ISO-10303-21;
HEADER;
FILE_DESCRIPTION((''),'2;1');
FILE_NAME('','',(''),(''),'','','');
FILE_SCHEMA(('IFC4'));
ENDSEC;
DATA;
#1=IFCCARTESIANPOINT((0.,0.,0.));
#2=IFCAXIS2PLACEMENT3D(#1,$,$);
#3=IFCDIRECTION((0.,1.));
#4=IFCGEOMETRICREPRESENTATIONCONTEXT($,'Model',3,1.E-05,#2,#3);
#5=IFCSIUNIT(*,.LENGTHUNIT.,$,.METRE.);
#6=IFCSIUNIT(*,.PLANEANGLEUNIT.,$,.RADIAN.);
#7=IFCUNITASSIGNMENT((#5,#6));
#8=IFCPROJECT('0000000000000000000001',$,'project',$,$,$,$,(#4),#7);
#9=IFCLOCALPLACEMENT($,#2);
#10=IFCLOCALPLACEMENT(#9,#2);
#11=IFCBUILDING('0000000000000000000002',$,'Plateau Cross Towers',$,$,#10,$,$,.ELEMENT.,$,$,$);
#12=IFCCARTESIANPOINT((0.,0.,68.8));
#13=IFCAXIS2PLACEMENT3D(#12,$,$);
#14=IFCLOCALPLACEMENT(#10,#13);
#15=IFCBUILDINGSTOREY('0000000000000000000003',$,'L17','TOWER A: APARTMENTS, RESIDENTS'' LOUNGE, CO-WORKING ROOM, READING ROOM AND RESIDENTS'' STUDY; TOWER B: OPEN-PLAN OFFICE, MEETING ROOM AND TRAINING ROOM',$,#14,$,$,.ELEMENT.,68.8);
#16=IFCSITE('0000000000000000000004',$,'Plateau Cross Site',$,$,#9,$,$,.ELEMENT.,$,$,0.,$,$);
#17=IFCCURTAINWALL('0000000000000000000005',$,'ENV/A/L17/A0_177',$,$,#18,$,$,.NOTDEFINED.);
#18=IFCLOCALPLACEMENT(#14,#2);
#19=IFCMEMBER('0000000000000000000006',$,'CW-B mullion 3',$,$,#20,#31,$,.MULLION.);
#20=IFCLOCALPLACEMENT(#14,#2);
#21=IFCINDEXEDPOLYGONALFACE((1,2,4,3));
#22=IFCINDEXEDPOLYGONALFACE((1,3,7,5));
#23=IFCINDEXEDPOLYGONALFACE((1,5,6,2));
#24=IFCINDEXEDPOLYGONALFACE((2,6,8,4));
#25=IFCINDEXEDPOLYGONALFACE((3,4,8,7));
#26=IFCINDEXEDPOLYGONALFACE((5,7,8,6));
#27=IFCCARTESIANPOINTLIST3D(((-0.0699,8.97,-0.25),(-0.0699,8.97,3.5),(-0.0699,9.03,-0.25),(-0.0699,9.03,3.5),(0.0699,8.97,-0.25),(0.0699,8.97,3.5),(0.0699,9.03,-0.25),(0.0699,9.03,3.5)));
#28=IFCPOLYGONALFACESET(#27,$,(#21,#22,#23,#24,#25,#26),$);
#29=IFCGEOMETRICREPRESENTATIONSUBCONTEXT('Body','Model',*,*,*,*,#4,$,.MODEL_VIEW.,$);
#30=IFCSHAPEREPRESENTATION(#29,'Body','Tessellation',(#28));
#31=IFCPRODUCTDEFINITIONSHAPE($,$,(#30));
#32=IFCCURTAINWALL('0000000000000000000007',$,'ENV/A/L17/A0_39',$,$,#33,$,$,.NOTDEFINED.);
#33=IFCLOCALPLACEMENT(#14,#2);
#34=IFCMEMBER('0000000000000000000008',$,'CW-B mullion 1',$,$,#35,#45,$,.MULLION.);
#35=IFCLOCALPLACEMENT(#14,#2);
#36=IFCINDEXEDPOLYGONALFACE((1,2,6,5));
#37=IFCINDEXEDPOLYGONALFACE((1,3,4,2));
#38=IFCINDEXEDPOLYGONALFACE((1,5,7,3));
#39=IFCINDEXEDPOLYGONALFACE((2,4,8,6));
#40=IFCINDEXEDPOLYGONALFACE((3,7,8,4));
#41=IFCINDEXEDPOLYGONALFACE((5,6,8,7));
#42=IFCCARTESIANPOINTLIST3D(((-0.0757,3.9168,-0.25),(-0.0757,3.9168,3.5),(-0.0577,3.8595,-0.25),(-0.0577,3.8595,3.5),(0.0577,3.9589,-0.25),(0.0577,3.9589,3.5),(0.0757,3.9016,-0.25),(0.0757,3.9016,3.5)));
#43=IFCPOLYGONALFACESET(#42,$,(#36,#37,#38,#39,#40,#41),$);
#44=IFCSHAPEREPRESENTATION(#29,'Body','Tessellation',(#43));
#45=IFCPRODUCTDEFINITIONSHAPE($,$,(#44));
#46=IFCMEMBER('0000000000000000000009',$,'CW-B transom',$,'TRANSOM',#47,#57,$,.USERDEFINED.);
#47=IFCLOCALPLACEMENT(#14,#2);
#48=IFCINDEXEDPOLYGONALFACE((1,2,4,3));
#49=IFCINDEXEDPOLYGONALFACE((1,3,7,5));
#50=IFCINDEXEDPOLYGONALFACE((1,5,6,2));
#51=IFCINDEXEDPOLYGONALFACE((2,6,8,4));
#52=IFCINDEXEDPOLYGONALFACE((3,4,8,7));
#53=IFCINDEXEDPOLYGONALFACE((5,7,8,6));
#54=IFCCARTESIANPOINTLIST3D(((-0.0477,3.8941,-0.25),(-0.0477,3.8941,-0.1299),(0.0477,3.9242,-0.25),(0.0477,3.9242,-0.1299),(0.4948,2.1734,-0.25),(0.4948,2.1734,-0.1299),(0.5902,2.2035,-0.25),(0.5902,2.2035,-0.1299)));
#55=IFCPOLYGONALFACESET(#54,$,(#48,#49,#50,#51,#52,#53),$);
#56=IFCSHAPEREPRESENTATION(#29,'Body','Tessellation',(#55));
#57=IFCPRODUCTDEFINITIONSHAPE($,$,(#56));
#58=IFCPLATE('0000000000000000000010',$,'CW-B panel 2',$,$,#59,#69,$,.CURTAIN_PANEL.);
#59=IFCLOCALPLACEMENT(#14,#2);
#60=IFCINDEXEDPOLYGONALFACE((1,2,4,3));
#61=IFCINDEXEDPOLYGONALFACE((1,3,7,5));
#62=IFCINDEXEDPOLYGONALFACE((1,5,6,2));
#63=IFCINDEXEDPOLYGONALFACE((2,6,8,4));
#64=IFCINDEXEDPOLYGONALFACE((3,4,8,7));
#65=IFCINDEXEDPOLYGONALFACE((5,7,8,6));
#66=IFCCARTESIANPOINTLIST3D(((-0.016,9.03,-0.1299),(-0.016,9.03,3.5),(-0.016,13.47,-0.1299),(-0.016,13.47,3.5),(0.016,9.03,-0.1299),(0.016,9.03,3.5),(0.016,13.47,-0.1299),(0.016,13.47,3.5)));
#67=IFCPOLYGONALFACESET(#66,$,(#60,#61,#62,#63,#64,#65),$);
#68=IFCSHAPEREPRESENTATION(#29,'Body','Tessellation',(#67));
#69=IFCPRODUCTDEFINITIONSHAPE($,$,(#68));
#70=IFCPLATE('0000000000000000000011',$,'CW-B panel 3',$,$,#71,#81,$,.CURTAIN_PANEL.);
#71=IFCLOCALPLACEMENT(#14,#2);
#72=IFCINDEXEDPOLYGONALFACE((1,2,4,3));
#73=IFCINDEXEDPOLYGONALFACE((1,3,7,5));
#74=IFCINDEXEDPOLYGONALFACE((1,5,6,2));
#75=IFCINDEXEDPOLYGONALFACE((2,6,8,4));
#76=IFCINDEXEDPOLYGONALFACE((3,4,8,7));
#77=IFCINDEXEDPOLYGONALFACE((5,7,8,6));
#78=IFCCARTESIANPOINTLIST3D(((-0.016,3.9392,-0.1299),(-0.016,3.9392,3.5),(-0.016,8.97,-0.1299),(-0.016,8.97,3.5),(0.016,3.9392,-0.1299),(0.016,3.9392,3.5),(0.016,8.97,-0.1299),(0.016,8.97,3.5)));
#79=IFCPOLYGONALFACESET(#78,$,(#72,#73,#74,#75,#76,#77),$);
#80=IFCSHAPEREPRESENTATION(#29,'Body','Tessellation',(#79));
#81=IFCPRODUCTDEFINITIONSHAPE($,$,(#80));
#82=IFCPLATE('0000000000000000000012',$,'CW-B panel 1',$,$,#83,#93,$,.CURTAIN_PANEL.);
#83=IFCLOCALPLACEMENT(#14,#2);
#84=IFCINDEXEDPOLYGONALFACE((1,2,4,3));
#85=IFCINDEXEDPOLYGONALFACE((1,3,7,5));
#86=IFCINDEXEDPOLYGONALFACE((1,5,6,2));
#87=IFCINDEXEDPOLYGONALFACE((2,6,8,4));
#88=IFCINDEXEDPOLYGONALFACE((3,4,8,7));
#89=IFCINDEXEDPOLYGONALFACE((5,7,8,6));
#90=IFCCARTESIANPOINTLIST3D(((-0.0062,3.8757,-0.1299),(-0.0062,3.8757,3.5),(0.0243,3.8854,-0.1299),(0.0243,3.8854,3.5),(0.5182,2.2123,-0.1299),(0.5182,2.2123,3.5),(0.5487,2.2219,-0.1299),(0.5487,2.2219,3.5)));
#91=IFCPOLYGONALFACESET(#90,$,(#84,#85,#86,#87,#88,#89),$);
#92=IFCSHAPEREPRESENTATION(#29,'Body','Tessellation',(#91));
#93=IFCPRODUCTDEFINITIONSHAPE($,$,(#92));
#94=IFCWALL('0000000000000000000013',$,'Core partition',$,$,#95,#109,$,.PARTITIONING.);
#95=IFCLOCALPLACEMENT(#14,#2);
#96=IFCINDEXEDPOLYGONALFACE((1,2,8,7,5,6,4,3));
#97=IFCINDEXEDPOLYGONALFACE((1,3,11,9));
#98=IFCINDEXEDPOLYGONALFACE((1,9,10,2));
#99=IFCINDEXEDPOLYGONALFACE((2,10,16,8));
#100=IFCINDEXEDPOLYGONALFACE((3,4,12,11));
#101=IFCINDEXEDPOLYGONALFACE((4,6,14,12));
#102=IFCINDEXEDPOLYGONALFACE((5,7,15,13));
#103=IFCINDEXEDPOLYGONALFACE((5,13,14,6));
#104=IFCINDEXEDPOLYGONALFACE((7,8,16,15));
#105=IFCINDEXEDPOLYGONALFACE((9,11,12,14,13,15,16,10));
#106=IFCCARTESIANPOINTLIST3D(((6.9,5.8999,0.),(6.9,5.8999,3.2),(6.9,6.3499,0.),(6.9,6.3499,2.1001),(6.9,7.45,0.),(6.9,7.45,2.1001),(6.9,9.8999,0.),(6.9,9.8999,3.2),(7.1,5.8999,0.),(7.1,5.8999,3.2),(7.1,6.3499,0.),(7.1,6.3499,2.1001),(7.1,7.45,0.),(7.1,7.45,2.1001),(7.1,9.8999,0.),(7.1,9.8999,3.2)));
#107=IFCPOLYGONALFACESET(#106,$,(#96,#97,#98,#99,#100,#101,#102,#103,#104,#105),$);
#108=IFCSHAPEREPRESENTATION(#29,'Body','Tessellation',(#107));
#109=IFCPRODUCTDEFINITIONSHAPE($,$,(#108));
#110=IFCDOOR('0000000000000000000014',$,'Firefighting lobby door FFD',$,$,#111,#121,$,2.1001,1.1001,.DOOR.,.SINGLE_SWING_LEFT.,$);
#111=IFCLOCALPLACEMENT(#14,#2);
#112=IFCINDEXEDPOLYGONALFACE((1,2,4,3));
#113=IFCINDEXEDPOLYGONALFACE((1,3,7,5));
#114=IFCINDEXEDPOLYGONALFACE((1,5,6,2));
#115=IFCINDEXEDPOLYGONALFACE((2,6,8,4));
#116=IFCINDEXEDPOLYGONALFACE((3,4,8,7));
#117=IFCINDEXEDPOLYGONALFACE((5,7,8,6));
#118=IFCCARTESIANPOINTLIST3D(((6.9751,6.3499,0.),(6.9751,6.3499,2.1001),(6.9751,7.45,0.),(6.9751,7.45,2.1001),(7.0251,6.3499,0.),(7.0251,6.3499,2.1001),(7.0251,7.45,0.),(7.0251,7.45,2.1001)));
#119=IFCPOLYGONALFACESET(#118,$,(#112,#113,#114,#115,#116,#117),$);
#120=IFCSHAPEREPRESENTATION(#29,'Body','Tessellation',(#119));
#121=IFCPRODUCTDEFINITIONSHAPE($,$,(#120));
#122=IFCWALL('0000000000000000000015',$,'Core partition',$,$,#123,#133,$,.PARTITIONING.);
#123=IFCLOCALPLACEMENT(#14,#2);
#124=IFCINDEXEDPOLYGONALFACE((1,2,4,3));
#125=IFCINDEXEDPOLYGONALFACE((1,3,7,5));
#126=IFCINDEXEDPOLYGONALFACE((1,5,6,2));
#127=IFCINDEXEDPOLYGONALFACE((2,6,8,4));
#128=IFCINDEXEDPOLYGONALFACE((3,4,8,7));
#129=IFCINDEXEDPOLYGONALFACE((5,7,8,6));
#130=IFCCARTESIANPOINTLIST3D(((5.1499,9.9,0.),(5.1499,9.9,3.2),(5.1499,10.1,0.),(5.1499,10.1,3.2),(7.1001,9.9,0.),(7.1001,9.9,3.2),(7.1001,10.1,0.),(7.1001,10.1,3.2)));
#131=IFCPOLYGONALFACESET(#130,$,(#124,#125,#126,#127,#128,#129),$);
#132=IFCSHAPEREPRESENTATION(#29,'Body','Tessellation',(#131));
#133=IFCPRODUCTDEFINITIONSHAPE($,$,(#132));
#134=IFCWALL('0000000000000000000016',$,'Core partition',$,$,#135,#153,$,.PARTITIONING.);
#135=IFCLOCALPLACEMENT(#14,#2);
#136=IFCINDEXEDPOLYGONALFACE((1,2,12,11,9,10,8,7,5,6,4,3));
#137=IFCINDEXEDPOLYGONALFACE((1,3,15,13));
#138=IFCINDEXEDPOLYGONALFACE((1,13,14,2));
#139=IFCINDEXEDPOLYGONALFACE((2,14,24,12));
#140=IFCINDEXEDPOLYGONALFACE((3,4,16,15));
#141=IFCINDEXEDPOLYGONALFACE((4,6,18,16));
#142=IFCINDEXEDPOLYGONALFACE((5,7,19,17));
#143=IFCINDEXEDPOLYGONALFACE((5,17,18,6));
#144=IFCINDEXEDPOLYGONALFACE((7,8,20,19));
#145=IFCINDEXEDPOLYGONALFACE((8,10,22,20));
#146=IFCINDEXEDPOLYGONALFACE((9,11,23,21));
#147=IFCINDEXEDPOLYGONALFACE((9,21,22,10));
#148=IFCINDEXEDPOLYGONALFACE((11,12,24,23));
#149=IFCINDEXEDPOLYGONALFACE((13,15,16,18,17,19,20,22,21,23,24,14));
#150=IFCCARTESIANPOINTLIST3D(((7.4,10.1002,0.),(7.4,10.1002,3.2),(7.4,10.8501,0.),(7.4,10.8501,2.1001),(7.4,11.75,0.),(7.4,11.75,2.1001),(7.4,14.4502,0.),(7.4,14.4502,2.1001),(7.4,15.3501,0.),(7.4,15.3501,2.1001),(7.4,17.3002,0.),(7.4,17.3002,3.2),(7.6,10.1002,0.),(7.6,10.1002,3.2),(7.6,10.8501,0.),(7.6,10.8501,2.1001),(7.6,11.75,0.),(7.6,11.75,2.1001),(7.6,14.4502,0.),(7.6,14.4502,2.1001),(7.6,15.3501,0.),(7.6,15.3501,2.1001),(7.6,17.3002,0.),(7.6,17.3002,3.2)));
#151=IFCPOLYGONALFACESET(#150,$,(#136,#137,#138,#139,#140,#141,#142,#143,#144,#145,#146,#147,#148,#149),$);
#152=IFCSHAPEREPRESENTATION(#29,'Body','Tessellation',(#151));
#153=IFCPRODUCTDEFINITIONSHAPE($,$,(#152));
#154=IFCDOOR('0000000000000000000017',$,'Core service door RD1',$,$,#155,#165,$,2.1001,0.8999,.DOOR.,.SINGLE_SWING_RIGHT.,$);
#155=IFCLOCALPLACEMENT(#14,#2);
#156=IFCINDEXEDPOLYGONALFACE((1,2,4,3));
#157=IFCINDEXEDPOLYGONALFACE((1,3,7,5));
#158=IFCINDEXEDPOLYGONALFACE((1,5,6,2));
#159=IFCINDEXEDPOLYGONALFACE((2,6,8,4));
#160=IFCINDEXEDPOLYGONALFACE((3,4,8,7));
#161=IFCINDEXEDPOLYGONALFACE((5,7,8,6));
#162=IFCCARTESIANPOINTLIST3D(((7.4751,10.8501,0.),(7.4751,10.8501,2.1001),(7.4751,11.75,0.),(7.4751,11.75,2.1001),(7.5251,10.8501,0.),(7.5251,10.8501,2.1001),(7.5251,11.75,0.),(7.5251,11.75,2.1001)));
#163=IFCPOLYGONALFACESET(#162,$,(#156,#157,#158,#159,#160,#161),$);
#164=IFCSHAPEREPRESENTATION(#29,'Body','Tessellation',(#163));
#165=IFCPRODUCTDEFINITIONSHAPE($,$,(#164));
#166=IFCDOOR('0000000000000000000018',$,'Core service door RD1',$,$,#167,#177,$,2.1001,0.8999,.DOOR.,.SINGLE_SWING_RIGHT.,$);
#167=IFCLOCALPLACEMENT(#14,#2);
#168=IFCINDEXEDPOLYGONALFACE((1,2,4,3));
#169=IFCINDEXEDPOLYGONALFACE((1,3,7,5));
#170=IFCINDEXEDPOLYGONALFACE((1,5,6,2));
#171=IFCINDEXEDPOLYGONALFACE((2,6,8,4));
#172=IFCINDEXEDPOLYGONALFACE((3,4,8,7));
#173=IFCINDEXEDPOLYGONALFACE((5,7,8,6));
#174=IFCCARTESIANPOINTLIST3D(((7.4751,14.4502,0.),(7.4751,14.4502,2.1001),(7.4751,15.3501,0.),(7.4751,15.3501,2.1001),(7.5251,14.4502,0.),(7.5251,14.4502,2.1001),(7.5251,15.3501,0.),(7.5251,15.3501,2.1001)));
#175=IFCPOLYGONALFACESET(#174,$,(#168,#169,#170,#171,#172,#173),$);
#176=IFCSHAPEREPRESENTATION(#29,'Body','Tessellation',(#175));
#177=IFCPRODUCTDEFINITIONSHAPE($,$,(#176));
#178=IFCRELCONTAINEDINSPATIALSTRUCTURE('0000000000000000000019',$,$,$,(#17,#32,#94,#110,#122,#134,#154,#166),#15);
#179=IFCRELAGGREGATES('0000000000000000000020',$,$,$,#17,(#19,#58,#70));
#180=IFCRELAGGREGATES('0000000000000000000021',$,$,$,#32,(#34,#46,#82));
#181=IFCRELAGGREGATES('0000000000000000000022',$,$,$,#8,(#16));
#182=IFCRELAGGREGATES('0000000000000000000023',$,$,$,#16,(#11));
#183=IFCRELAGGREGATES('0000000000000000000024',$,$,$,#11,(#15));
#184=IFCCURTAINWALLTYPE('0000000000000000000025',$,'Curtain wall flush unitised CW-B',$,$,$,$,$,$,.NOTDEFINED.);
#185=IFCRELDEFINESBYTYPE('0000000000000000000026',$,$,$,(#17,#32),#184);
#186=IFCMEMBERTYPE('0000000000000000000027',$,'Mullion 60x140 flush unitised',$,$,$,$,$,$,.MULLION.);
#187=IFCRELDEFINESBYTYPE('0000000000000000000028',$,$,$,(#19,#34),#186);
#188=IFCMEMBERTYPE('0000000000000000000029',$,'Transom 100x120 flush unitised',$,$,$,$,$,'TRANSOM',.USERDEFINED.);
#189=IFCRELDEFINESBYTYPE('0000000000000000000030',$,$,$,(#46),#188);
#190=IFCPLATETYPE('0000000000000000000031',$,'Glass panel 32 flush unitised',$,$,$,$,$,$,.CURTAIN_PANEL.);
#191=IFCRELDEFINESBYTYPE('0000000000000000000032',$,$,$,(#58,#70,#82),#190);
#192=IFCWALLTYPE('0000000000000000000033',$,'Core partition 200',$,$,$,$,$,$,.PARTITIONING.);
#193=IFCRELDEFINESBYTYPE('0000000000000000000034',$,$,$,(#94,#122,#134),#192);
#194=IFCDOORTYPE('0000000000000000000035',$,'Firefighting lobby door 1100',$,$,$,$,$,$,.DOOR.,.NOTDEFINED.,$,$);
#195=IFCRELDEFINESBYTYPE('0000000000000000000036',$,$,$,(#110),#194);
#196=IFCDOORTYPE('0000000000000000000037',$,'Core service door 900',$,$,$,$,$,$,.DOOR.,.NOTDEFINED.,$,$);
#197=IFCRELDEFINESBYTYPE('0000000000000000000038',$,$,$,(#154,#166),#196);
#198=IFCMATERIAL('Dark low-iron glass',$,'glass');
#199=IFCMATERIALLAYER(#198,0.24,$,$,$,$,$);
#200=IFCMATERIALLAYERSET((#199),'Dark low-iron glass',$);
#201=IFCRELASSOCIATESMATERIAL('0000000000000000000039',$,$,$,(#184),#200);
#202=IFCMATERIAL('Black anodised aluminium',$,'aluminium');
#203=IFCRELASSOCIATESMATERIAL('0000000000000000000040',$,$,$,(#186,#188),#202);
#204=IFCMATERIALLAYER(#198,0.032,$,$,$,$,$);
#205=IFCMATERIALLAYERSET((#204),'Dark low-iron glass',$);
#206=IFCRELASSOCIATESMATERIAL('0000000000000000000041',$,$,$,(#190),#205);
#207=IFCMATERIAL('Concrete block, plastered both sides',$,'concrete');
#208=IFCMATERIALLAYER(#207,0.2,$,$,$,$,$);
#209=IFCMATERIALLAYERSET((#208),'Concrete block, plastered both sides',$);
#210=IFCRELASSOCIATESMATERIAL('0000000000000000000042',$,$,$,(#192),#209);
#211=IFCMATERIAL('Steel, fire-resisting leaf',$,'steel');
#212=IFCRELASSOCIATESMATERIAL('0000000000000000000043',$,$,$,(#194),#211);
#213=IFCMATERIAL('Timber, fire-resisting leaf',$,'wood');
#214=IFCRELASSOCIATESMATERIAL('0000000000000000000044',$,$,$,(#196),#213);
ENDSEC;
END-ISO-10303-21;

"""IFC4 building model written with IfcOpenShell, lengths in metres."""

from ifc_helpers import new_model, si_unit, direction, frame, frame_2d, origin, origin_2d, place, context, subcontext, project, spatial, rectangle, extrude, material, layer, layer_set, material_profile, profile_set, type_object, element, fill, aggregate, save


model = new_model("IFC4")

# Units and contexts
model_context = context("Model", 3, precision=1e-05, world=origin(), true_north=direction((0.0, 1.0)))
body_context = subcontext(model_context, "Body", "Model", "MODEL_VIEW")
ifc_project = project(units=[si_unit("LENGTHUNIT", "METRE"), si_unit("PLANEANGLEUNIT", "RADIAN")], contexts=[model_context])

# Site, building, storey
site_placement = place(None, origin())
site = spatial("IfcSite", under=ifc_project, at=site_placement, Name="Plateau Cross Site", CompositionType="ELEMENT", RefElevation=0.0)
building_placement = place(site_placement, origin())
building = spatial("IfcBuilding", under=site, at=building_placement, Name="Plateau Cross Towers", CompositionType="ELEMENT")
storey_placement = place(building_placement, frame((0.0, 0.0, 68.8)))
storey = spatial("IfcBuildingStorey", under=building, at=storey_placement, Name="L17", Description="TOWER A: APARTMENTS, RESIDENTS' LOUNGE, CO-WORKING ROOM, READING ROOM AND RESIDENTS' STUDY; TOWER B: OPEN-PLAN OFFICE, MEETING ROOM AND TRAINING ROOM", CompositionType="ELEMENT", Elevation=68.8)

# Curtain wall, member
ifc_material_1 = material(Name="Dark low-iron glass", Category="glass")
ifc_layer_1 = layer(ifc_material_1, 0.24)
ifc_layer_set_1 = layer_set([ifc_layer_1], Name="Dark low-iron glass")
curtain_wall_type = type_object("IfcCurtainWallType", Name="Curtain wall flush unitised CW-B", PredefinedType="NOTDEFINED", material=ifc_layer_set_1)
curtain_wall_1_placement = place(storey_placement, origin())
curtain_wall_1 = element("IfcCurtainWall", 1, at=curtain_wall_1_placement, inside=storey, type_object=curtain_wall_type, Name="ENV/A/L17/A0_177", PredefinedType="NOTDEFINED")
ifc_material_2 = material(Name="Black anodised aluminium", Category="aluminium")
ifc_material_profile_1 = material_profile(ifc_material_2, rectangle(XDim=0.0601, YDim=0.1399, at=origin_2d()), Name="MULLION 60x140")
ifc_profile_set_1 = profile_set([ifc_material_profile_1], Name="Black anodised aluminium")
member_type_1 = type_object("IfcMemberType", Name="Mullion 60x140 flush unitised", PredefinedType="MULLION", material=ifc_profile_set_1)
member_1_placement = place(storey_placement, frame((0.0, 9.0, -0.25), z_axis=(0.0, 0.0, 1.0), x_axis=(0.0, -1.0, 0.0)))
member_1 = element("IfcMember", 2, at=member_1_placement, type_object=member_type_1, Name="CW-B mullion 3", PredefinedType="MULLION", context=body_context, shape_type="SweptSolid", body=[
    extrude(rectangle(XDim=0.0601, YDim=0.1399, at=origin_2d()), origin(), (0.0, 0.0, 1.0), 3.75),
])

# Curtain wall, members
curtain_wall_2_placement = place(storey_placement, origin())
curtain_wall_2 = element("IfcCurtainWall", 3, at=curtain_wall_2_placement, inside=storey, type_object=curtain_wall_type, Name="ENV/A/L17/A0_39", PredefinedType="NOTDEFINED")
member_2_placement = place(storey_placement, frame((0.0, 3.9092, -0.25), z_axis=(0.0, 0.0, 1.0), x_axis=(0.300686, -0.953723, 0.0)))
member_2 = element("IfcMember", 4, at=member_2_placement, type_object=member_type_1, Name="CW-B mullion 1", PredefinedType="MULLION", context=body_context, shape_type="SweptSolid", body=[
    extrude(rectangle(XDim=0.0601, YDim=0.1399, at=origin_2d()), origin(), (0.0, 0.0, 1.0), 3.75),
])
ifc_material_profile_2 = material_profile(ifc_material_2, rectangle(XDim=0.1001, YDim=0.1201, at=origin_2d()), Name="TRANSOM 100x120")
ifc_profile_set_2 = profile_set([ifc_material_profile_2], Name="Black anodised aluminium")
member_type_2 = type_object("IfcMemberType", Name="Transom 100x120 flush unitised", ElementType="TRANSOM", PredefinedType="USERDEFINED", material=ifc_profile_set_2)
member_3_placement = place(storey_placement, frame((0.0, 3.9092, -0.1899), z_axis=(0.300678, -0.953726, 0.0), x_axis=(0.953726, 0.300678, 0.0)))
member_3 = element("IfcMember", 5, at=member_3_placement, type_object=member_type_2, Name="CW-B transom", ObjectType="TRANSOM", PredefinedType="USERDEFINED", context=body_context, shape_type="SweptSolid", body=[
    extrude(rectangle(XDim=0.1001, YDim=0.1201, at=origin_2d()), origin(), (0.0, 0.0, 1.0), 1.8042),
])

# Plates
ifc_layer_2 = layer(ifc_material_1, 0.032)
ifc_layer_set_2 = layer_set([ifc_layer_2], Name="Dark low-iron glass")
plate_type = type_object("IfcPlateType", Name="Glass panel 32 flush unitised", PredefinedType="CURTAIN_PANEL", material=ifc_layer_set_2)
plate_1_placement = place(storey_placement, frame((0.0, 11.25, -0.1299), z_axis=(0.0, 0.0, 1.0), x_axis=(0.0, -1.0, 0.0)))
plate_1 = element("IfcPlate", 6, at=plate_1_placement, type_object=plate_type, Name="CW-B panel 2", PredefinedType="CURTAIN_PANEL", context=body_context, shape_type="SweptSolid", body=[
    extrude(rectangle(XDim=4.4399, YDim=0.032, at=origin_2d()), origin(), (0.0, 0.0, 1.0), 3.6299),
])
plate_2_placement = place(storey_placement, frame((0.0, 6.4546, -0.1299), z_axis=(0.0, 0.0, 1.0), x_axis=(0.0, -1.0, 0.0)))
plate_2 = element("IfcPlate", 7, at=plate_2_placement, type_object=plate_type, Name="CW-B panel 3", PredefinedType="CURTAIN_PANEL", context=body_context, shape_type="SweptSolid", body=[
    extrude(rectangle(XDim=5.0308, YDim=0.032, at=origin_2d()), origin(), (0.0, 0.0, 1.0), 3.6299),
])
aggregate(curtain_wall_1, [member_1, plate_1, plate_2])
plate_3_placement = place(storey_placement, frame((0.2712, 3.0488, -0.1299), z_axis=(0.0, 0.0, 1.0), x_axis=(0.300686, -0.953723, 0.0)))
plate_3 = element("IfcPlate", 8, at=plate_3_placement, type_object=plate_type, Name="CW-B panel 1", PredefinedType="CURTAIN_PANEL", context=body_context, shape_type="SweptSolid", body=[
    extrude(rectangle(XDim=1.7441, YDim=0.032, at=origin_2d()), origin(), (0.0, 0.0, 1.0), 3.6299),
])
aggregate(curtain_wall_2, [member_2, member_3, plate_3])

# Wall, opening, door
ifc_material_3 = material(Name="Concrete block, plastered both sides", Category="concrete")
ifc_layer_3 = layer(ifc_material_3, 0.2)
ifc_layer_set_3 = layer_set([ifc_layer_3], Name="Concrete block, plastered both sides")
wall_type_1 = type_object("IfcWallType", Name="Core partition 200", PredefinedType="PARTITIONING", material=ifc_layer_set_3)
wall_1_placement = place(storey_placement, frame((7.0, 5.8999, 0.0), z_axis=(0.0, 0.0, 1.0), x_axis=(0.0, 1.0, 0.0)))
wall_1 = element("IfcWall", 9, at=wall_1_placement, inside=storey, type_object=wall_type_1, Name="Core partition", PredefinedType="PARTITIONING", context=body_context, shape_type="SweptSolid", body=[
    extrude(rectangle(XDim=4.0, YDim=0.2, at=frame_2d((2.0, 0.0))), origin(), (0.0, 0.0, 1.0), 3.2),
])
opening_1_placement = place(wall_1_placement, frame((0.45, 0.0, 0.0)))
opening_1 = element("IfcOpeningElement", 10, at=opening_1_placement, cuts=wall_1, PredefinedType="OPENING", context=body_context, shape_type="SweptSolid", body=[
    extrude(rectangle(XDim=1.1001, YDim=2.1001, at=frame_2d((0.55, 1.05))), frame((0.0, 0.1099, 0.0), z_axis=(0.0, -1.0, 0.0), x_axis=(1.0, 0.0, 0.0)), (0.0, 0.0, 1.0), 0.22),
])
ifc_material_4 = material(Name="Steel, fire-resisting leaf", Category="steel")
door_type_1 = type_object("IfcDoorType", Name="Firefighting lobby door 1100", OperationType="NOTDEFINED", PredefinedType="DOOR", material=ifc_material_4)
door_1_placement = place(opening_1_placement, origin())
door_1 = element("IfcDoor", 11, at=door_1_placement, inside=storey, type_object=door_type_1, Name="Firefighting lobby door FFD", OperationType="SINGLE_SWING_LEFT", OverallHeight=2.1001, OverallWidth=1.1001, PredefinedType="DOOR", context=body_context, shape_type="SweptSolid", body=[
    extrude(rectangle(XDim=1.1001, YDim=2.1001, at=frame_2d((0.55, 1.05))), frame((0.0, 0.0249, 0.0), z_axis=(0.0, -1.0, 0.0), x_axis=(1.0, 0.0, 0.0)), (0.0, 0.0, 1.0), 0.05),
])
fill(opening_1, door_1)

# Wall
wall_2_placement = place(storey_placement, frame((5.1499, 10.0, 0.0), z_axis=(0.0, 0.0, 1.0), x_axis=(1.0, 0.0, 0.0)))
element("IfcWall", 12, at=wall_2_placement, inside=storey, type_object=wall_type_1, Name="Core partition", PredefinedType="PARTITIONING", context=body_context, shape_type="SweptSolid", body=[
    extrude(rectangle(XDim=1.9502, YDim=0.2, at=frame_2d((0.9751, 0.0))), origin(), (0.0, 0.0, 1.0), 3.2),
])

# Wall, openings, doors
wall_3_placement = place(storey_placement, frame((7.5, 10.1001, 0.0), z_axis=(0.0, 0.0, 1.0), x_axis=(0.0, 1.0, 0.0)))
wall_3 = element("IfcWall", 13, at=wall_3_placement, inside=storey, type_object=wall_type_1, Name="Core partition", PredefinedType="PARTITIONING", context=body_context, shape_type="SweptSolid", body=[
    extrude(rectangle(XDim=7.2, YDim=0.2, at=frame_2d((3.6001, 0.0))), origin(), (0.0, 0.0, 1.0), 3.2),
])
opening_2_placement = place(wall_3_placement, frame((0.75, 0.0, 0.0)))
opening_2 = element("IfcOpeningElement", 14, at=opening_2_placement, cuts=wall_3, PredefinedType="OPENING", context=body_context, shape_type="SweptSolid", body=[
    extrude(rectangle(XDim=0.8999, YDim=2.1001, at=frame_2d((0.45, 1.05))), frame((0.0, 0.1099, 0.0), z_axis=(0.0, -1.0, 0.0), x_axis=(1.0, 0.0, 0.0)), (0.0, 0.0, 1.0), 0.22),
])
opening_3_placement = place(wall_3_placement, frame((4.3501, 0.0, 0.0)))
opening_3 = element("IfcOpeningElement", 15, at=opening_3_placement, cuts=wall_3, PredefinedType="OPENING", context=body_context, shape_type="SweptSolid", body=[
    extrude(rectangle(XDim=0.8999, YDim=2.1001, at=frame_2d((0.45, 1.05))), frame((0.0, 0.1099, 0.0), z_axis=(0.0, -1.0, 0.0), x_axis=(1.0, 0.0, 0.0)), (0.0, 0.0, 1.0), 0.22),
])
ifc_material_5 = material(Name="Timber, fire-resisting leaf", Category="wood")
door_type_2 = type_object("IfcDoorType", Name="Core service door 900", OperationType="NOTDEFINED", PredefinedType="DOOR", material=ifc_material_5)
door_2_placement = place(opening_2_placement, origin())
door_2 = element("IfcDoor", 16, at=door_2_placement, inside=storey, type_object=door_type_2, Name="Core service door RD1", OperationType="SINGLE_SWING_RIGHT", OverallHeight=2.1001, OverallWidth=0.8999, PredefinedType="DOOR", context=body_context, shape_type="SweptSolid", body=[
    extrude(rectangle(XDim=0.8999, YDim=2.1001, at=frame_2d((0.45, 1.05))), frame((0.0, 0.0249, 0.0), z_axis=(0.0, -1.0, 0.0), x_axis=(1.0, 0.0, 0.0)), (0.0, 0.0, 1.0), 0.05),
])
fill(opening_2, door_2)
door_3_placement = place(opening_3_placement, origin())
door_3 = element("IfcDoor", 17, at=door_3_placement, inside=storey, type_object=door_type_2, Name="Core service door RD1", OperationType="SINGLE_SWING_RIGHT", OverallHeight=2.1001, OverallWidth=0.8999, PredefinedType="DOOR", context=body_context, shape_type="SweptSolid", body=[
    extrude(rectangle(XDim=0.8999, YDim=2.1001, at=frame_2d((0.45, 1.05))), frame((0.0, 0.0249, 0.0), z_axis=(0.0, -1.0, 0.0), x_axis=(1.0, 0.0, 0.0)), (0.0, 0.0, 1.0), 0.05),
])
fill(opening_3, door_3)

save(model, "model.ifc")
